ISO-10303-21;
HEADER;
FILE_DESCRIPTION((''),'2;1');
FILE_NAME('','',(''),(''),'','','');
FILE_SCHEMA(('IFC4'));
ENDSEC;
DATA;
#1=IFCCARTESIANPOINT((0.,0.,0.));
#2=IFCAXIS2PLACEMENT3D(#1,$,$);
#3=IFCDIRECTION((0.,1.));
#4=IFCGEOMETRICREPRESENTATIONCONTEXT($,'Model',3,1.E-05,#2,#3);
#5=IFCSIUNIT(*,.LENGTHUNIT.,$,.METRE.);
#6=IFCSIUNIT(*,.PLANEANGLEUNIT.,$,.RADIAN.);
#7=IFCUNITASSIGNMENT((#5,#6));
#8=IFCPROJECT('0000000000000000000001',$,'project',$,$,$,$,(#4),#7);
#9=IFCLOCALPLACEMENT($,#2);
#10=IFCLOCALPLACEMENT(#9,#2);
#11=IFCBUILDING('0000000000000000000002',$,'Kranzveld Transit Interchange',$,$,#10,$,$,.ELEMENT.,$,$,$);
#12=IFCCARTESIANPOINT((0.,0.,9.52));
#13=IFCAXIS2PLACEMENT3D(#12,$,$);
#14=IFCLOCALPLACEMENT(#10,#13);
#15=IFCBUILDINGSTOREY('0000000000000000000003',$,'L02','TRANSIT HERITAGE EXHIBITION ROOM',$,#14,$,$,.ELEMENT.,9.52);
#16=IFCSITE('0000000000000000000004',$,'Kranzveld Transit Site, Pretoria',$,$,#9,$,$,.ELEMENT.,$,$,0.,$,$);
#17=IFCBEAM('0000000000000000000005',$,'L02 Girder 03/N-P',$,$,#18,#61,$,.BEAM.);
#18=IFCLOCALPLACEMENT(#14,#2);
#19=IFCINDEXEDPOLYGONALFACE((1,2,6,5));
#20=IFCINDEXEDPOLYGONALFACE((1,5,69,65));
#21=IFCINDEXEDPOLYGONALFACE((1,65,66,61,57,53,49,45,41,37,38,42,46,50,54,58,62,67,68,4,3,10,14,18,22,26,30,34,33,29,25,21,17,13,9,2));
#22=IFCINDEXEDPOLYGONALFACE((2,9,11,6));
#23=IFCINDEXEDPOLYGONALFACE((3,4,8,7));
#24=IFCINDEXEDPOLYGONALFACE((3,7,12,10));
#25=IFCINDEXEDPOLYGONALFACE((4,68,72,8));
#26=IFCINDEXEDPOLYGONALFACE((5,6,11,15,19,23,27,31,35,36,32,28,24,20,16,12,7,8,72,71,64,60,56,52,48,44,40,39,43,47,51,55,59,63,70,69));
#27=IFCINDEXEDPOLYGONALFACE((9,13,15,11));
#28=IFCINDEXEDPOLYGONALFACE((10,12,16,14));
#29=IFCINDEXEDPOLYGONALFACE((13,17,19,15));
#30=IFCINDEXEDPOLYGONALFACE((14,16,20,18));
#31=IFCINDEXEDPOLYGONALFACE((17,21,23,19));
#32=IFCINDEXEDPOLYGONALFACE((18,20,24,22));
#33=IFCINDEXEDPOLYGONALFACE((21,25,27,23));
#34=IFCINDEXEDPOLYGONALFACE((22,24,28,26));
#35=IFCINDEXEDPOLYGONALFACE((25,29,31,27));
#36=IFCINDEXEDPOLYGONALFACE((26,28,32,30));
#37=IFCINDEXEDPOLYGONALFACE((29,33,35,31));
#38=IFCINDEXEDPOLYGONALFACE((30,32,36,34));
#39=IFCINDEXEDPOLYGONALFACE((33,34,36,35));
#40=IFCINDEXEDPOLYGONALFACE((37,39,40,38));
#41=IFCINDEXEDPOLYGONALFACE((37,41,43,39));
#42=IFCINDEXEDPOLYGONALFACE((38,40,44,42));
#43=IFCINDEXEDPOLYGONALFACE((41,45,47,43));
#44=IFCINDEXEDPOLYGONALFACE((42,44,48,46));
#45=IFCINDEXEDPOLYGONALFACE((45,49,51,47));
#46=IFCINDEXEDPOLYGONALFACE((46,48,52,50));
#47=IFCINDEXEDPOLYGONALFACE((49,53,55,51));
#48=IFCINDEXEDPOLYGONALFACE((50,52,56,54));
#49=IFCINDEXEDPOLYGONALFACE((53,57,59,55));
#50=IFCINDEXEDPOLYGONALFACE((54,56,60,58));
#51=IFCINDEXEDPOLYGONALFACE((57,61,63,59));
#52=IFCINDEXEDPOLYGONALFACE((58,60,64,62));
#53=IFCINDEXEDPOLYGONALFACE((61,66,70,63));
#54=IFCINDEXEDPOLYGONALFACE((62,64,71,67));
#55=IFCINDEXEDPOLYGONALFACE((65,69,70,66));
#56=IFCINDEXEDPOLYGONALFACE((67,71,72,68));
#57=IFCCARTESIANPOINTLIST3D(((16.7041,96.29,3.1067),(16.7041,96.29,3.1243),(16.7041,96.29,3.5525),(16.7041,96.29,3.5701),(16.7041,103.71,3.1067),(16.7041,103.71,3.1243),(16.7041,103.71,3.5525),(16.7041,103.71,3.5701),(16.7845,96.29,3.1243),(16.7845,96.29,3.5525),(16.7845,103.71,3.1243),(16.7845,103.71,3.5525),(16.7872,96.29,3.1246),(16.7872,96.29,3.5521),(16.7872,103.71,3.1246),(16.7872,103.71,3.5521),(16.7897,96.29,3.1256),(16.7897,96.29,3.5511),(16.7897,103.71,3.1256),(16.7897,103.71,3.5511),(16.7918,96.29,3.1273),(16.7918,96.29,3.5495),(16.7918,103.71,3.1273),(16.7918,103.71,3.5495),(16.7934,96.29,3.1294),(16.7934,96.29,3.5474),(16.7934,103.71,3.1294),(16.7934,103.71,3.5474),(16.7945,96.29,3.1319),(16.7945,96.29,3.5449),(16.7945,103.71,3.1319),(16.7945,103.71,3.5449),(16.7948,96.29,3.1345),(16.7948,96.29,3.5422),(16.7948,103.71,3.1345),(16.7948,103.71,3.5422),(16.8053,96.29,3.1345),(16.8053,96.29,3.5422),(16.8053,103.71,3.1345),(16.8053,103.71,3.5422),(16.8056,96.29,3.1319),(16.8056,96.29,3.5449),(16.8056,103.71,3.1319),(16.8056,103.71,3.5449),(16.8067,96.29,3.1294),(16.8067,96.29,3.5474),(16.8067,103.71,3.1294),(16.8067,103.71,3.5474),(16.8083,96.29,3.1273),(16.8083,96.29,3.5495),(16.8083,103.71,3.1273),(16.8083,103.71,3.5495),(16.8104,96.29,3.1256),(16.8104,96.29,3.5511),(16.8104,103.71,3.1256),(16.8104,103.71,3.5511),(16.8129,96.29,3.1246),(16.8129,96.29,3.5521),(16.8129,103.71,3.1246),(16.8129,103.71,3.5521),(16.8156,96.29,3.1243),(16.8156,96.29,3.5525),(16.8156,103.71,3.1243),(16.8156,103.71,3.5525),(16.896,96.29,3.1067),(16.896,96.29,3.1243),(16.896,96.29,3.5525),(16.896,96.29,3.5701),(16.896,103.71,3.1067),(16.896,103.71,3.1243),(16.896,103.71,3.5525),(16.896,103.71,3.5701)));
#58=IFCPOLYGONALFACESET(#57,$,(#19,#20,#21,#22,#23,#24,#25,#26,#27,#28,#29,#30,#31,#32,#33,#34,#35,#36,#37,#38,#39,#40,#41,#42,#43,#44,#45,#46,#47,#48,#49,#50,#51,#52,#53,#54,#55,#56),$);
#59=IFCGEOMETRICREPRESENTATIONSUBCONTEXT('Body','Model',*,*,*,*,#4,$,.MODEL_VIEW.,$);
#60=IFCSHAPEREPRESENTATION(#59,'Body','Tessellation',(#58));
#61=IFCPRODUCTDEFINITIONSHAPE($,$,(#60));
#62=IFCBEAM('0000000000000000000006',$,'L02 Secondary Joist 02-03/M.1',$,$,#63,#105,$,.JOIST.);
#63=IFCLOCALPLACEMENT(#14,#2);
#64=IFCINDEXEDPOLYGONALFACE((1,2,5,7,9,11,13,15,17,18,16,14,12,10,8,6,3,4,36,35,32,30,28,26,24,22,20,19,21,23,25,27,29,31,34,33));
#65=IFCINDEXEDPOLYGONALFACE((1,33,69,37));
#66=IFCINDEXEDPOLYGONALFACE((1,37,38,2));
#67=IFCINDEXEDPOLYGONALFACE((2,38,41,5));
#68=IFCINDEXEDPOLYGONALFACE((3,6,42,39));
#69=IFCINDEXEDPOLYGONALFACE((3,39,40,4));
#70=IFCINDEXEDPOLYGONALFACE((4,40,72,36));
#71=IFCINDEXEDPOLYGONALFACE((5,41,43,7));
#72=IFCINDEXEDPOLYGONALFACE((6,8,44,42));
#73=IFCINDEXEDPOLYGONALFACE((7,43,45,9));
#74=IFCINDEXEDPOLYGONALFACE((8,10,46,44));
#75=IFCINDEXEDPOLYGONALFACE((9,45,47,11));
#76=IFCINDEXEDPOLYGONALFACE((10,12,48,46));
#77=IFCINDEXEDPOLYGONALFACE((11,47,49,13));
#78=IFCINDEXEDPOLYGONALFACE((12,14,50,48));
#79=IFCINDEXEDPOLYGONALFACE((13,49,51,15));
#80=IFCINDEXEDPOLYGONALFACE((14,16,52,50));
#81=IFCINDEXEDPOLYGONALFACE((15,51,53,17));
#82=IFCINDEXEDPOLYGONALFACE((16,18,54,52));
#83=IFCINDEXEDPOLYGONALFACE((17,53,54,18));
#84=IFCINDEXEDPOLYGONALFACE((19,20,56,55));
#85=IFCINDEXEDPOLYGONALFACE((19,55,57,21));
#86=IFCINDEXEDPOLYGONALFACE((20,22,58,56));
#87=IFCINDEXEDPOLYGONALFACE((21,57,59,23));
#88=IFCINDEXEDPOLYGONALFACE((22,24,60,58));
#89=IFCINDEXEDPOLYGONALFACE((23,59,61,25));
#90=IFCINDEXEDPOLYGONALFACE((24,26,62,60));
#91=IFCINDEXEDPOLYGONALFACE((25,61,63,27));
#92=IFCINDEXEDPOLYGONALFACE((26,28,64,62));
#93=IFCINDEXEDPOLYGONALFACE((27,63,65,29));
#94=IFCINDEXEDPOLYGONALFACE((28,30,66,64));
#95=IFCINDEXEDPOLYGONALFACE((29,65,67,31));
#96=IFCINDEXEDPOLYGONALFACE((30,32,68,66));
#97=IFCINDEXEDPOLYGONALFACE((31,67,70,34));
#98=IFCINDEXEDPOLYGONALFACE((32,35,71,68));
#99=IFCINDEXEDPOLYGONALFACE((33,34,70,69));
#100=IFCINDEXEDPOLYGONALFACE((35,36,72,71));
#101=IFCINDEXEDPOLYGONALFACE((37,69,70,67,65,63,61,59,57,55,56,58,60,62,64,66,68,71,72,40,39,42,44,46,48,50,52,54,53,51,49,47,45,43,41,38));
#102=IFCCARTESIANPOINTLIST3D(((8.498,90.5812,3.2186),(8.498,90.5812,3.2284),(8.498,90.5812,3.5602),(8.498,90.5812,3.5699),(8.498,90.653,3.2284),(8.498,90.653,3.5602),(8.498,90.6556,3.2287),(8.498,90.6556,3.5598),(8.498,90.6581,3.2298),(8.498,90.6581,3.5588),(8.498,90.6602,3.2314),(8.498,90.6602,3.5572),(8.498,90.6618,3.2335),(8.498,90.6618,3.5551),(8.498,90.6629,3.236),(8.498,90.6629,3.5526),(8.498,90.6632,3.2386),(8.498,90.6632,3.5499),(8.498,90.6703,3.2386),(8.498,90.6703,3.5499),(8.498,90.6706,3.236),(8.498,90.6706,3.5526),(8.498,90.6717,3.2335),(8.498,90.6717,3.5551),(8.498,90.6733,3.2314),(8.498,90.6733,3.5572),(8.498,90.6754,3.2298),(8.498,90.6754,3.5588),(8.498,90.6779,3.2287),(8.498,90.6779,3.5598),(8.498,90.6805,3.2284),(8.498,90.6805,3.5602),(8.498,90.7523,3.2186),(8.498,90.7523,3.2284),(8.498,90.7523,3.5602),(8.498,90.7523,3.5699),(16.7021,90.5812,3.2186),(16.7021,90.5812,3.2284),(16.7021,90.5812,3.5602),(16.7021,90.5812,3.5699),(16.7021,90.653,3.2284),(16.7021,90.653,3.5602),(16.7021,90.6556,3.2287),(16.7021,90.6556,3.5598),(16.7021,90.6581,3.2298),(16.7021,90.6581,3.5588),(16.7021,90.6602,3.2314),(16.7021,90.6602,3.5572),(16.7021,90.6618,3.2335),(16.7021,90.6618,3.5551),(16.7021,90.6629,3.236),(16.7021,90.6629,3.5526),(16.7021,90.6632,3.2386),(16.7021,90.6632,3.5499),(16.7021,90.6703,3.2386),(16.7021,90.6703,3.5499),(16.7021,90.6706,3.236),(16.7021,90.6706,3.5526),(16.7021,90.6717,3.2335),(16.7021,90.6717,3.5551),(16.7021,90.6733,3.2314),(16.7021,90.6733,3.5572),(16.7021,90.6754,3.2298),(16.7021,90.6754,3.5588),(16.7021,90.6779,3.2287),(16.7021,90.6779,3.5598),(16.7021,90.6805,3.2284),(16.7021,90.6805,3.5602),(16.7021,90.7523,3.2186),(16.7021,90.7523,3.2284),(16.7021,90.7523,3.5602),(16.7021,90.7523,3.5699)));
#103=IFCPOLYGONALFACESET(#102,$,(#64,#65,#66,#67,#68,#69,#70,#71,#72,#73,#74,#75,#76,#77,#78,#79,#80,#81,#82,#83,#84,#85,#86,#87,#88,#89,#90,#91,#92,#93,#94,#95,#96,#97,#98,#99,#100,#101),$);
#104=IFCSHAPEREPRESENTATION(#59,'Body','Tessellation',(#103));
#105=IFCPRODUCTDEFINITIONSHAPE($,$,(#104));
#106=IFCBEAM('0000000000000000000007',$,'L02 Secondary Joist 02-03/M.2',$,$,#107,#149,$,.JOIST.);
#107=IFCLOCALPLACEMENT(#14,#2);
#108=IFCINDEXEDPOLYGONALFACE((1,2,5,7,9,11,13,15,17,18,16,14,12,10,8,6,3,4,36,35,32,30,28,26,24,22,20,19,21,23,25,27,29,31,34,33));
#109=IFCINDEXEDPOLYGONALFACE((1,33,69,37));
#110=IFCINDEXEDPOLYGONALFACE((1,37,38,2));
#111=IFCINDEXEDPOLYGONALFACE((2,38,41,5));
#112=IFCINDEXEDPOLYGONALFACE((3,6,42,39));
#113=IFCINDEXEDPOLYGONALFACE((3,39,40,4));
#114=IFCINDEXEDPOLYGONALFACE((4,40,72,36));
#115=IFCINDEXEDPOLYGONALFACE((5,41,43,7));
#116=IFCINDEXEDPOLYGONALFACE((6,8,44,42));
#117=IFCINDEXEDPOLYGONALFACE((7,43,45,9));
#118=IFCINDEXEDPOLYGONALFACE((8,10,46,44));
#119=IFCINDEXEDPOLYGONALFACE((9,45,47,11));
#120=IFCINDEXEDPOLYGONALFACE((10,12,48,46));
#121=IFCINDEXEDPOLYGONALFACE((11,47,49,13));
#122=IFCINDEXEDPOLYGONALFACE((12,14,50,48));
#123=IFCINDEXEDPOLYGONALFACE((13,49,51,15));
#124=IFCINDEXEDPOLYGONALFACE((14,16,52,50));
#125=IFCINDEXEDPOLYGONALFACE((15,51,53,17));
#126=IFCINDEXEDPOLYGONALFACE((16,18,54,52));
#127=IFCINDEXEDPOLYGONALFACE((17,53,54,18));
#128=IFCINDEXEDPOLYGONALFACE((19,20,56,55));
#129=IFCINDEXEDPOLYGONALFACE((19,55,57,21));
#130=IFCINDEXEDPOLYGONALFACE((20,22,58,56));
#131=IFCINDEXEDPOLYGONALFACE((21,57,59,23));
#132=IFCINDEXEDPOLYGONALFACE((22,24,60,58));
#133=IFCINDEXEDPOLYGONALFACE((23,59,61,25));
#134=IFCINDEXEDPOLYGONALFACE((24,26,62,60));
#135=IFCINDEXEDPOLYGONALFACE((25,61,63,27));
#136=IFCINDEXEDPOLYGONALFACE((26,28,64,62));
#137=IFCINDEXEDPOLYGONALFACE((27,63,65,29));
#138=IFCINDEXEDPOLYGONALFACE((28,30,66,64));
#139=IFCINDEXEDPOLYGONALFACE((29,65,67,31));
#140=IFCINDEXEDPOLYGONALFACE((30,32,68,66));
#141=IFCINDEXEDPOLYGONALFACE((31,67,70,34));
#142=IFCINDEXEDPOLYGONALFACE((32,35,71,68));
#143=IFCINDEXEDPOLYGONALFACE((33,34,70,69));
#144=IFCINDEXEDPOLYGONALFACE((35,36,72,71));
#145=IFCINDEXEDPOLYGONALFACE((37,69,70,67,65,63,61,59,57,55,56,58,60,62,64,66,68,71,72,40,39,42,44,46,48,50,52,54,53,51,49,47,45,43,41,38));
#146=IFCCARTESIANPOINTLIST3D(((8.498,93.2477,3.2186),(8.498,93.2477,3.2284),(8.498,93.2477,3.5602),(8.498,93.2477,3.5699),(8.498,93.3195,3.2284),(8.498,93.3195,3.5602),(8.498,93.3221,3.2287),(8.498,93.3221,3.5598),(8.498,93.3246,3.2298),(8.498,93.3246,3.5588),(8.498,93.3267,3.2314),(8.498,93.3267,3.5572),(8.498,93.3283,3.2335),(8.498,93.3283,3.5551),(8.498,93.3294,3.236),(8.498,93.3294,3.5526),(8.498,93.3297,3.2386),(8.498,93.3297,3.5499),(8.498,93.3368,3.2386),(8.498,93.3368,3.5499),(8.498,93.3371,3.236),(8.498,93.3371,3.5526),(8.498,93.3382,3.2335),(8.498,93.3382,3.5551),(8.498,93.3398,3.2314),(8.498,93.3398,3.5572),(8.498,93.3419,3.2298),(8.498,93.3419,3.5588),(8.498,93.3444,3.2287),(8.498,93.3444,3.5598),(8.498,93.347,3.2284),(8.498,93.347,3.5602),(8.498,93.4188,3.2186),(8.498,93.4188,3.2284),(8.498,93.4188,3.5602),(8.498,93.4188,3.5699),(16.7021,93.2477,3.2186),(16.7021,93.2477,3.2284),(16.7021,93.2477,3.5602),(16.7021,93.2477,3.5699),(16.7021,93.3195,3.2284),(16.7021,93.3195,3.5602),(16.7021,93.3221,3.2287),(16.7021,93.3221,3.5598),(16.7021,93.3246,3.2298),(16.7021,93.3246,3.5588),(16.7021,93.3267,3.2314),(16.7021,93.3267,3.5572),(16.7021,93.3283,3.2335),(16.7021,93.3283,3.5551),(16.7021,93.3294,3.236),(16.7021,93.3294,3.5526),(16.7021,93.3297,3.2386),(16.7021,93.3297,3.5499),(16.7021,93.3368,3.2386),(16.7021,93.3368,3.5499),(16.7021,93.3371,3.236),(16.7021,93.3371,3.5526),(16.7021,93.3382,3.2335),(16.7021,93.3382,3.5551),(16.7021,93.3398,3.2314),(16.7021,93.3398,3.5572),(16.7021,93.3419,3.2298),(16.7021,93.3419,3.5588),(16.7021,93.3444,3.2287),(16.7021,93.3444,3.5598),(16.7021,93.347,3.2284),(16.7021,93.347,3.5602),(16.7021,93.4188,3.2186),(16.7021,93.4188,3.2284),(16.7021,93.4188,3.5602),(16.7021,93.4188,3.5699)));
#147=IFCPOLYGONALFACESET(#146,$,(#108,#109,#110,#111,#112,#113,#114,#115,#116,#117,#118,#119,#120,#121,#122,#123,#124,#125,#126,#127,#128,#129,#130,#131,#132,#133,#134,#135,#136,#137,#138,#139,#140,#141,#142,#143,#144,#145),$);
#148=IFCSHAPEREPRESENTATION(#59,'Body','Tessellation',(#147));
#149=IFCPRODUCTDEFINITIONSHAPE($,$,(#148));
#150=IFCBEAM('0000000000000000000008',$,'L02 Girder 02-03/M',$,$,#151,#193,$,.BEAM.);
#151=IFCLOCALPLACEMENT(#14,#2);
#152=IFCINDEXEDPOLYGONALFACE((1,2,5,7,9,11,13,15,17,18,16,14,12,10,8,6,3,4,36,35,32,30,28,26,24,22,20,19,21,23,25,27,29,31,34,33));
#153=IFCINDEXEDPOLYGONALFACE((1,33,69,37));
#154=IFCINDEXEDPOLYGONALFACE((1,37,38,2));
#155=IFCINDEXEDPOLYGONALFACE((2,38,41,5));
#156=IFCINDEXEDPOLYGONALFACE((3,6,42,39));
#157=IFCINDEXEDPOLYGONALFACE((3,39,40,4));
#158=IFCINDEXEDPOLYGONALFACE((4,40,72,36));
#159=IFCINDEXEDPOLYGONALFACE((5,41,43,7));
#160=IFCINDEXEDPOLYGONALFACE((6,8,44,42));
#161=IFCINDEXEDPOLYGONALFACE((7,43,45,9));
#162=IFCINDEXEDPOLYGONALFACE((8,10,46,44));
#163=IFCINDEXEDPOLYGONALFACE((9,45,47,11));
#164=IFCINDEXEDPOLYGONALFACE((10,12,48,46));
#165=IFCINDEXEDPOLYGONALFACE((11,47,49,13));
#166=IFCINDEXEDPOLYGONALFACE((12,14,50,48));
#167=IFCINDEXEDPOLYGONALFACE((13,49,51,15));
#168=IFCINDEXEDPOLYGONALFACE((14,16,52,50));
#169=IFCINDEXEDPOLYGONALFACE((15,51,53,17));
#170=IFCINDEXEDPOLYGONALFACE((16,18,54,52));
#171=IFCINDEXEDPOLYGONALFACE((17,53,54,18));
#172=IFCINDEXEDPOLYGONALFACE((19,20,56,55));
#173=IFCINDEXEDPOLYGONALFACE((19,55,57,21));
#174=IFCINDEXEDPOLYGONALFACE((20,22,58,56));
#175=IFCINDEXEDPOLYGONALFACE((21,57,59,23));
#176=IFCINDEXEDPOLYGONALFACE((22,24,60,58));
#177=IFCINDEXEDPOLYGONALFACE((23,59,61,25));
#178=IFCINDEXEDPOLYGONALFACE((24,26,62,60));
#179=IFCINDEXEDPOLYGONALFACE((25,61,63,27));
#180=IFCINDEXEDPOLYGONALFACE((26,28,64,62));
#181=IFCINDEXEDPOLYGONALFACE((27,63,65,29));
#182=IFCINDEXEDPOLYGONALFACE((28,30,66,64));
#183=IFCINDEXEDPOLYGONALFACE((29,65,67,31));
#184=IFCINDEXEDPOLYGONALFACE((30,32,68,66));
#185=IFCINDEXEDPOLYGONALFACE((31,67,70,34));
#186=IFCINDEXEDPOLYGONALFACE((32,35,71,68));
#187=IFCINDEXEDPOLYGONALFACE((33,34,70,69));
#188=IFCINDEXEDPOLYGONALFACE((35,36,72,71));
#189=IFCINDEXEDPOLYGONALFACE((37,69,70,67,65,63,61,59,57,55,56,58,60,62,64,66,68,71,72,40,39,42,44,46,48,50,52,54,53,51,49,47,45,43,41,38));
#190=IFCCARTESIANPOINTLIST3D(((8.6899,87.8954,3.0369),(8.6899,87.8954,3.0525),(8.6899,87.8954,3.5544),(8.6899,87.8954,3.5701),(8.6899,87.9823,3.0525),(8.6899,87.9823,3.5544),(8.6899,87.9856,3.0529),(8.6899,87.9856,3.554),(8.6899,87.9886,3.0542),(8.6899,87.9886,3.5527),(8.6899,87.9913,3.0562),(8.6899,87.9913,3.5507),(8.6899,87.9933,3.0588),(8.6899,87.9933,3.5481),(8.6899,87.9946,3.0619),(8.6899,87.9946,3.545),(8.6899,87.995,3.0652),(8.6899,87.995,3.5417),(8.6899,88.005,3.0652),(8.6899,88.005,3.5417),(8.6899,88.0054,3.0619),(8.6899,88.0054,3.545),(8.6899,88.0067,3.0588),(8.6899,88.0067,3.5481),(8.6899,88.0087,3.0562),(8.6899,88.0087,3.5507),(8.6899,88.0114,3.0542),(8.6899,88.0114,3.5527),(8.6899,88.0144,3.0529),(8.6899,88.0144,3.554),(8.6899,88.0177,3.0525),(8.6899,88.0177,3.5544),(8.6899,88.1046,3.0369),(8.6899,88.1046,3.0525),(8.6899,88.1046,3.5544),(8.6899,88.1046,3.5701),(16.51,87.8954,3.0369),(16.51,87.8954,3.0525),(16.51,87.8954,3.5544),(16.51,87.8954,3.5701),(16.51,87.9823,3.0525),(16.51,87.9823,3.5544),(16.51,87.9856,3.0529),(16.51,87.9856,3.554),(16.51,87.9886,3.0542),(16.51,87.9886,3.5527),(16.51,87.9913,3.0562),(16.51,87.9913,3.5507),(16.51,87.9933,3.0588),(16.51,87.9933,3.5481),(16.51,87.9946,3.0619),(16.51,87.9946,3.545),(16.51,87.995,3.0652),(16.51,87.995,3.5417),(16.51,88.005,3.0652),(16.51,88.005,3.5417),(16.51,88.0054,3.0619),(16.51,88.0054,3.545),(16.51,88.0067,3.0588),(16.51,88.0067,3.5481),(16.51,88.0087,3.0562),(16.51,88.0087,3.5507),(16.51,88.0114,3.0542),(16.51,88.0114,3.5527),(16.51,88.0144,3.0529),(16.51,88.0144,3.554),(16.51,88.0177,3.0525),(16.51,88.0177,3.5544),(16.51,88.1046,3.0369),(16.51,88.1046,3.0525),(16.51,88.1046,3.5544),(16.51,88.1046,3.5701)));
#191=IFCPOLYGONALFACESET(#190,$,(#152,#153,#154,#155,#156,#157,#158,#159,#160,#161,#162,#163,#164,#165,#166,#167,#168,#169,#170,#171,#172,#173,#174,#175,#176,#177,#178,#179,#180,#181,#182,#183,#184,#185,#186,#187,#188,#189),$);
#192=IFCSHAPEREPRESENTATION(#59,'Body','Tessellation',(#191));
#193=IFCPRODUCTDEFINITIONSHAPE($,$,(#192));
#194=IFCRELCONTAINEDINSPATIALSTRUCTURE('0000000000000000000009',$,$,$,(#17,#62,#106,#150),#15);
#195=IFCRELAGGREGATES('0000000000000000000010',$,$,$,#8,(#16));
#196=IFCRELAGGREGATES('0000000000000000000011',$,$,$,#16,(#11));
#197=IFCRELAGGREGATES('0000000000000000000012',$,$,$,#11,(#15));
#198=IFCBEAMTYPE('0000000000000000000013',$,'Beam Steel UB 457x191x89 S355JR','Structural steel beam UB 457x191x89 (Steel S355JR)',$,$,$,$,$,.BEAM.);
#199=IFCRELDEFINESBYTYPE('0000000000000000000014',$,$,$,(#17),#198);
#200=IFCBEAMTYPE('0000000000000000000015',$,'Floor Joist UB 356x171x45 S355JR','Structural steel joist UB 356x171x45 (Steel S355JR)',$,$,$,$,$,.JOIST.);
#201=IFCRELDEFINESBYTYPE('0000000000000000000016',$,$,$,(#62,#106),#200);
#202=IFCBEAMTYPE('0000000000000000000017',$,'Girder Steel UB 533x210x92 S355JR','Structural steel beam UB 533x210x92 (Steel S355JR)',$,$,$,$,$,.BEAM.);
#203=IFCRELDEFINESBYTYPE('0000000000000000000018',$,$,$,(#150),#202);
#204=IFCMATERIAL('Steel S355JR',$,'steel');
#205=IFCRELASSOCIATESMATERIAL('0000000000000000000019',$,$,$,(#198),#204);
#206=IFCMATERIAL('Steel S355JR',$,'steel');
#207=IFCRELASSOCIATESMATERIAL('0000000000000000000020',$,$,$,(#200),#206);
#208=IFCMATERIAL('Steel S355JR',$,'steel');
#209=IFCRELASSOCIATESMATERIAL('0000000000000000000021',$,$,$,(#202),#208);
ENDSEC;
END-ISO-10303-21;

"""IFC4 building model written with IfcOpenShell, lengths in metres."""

from ifc_helpers import new_model, si_unit, direction, frame, origin, origin_2d, place, context, subcontext, project, spatial, i_section, extrude, material, material_profile, profile_set, type_object, element, save


model = new_model("IFC4")

# Units and contexts
model_context = context("Model", 3, precision=1e-05, world=origin(), true_north=direction((0.0, 1.0)))
body_context = subcontext(model_context, "Body", "Model", "MODEL_VIEW")
ifc_project = project(units=[si_unit("LENGTHUNIT", "METRE"), si_unit("PLANEANGLEUNIT", "RADIAN")], contexts=[model_context])

# Site, building, storey
site_placement = place(None, origin())
site = spatial("IfcSite", under=ifc_project, at=site_placement, Name="Kranzveld Transit Site, Pretoria", CompositionType="ELEMENT", RefElevation=0.0)
building_placement = place(site_placement, origin())
building = spatial("IfcBuilding", under=site, at=building_placement, Name="Kranzveld Transit Interchange", CompositionType="ELEMENT")
storey_placement = place(building_placement, frame((0.0, 0.0, 9.52)))
storey = spatial("IfcBuildingStorey", under=building, at=storey_placement, Name="L02", Description="TRANSIT HERITAGE EXHIBITION ROOM", CompositionType="ELEMENT", Elevation=9.52)

# Beams
ifc_material_1 = material(Name="Steel S355JR", Category="steel")
ifc_material_profile_1 = material_profile(ifc_material_1, i_section(OverallWidth=0.1919, OverallDepth=0.4634, WebThickness=0.0105, FlangeThickness=0.0176, FilletRadius=0.0103, at=origin_2d()), Name="UB 457x191x89")
ifc_profile_set_1 = profile_set([ifc_material_profile_1], Name="Steel S355JR")
beam_type_1 = type_object("IfcBeamType", Name="Beam Steel UB 457x191x89 S355JR", Description="Structural steel beam UB 457x191x89 (Steel S355JR)", PredefinedType="BEAM", material=ifc_profile_set_1)
for number, where, z_axis, x_axis, name in (
    (1, (16.8, 96.29, 3.3384), (0.0, 1.0, 0.0), (-1.0, 0.0, 0.0), "L02 Girder 03/N-P"),
):
    element("IfcBeam", number, at=place(storey_placement, frame(where, z_axis=z_axis, x_axis=x_axis)), inside=storey, type_object=beam_type_1, Name=name, PredefinedType="BEAM", context=body_context, shape_type="SweptSolid", body=[
        extrude(i_section(OverallWidth=0.1919, OverallDepth=0.4634, WebThickness=0.0105, FlangeThickness=0.0176, FilletRadius=0.0103, at=origin_2d()), origin(), (0.0, 0.0, 1.0), 7.4199),
    ])
ifc_material_2 = material(Name="Steel S355JR", Category="steel")
ifc_material_profile_2 = material_profile(ifc_material_2, i_section(OverallWidth=0.1711, OverallDepth=0.3513, WebThickness=0.0071, FlangeThickness=0.0098, FilletRadius=0.0103, at=origin_2d()), Name="UB 356x171x45")
ifc_profile_set_2 = profile_set([ifc_material_profile_2], Name="Steel S355JR")
beam_type_2 = type_object("IfcBeamType", Name="Floor Joist UB 356x171x45 S355JR", Description="Structural steel joist UB 356x171x45 (Steel S355JR)", PredefinedType="JOIST", material=ifc_profile_set_2)
for number, where, z_axis, x_axis, name in (
    (2, (8.498, 90.6667, 3.3943), (1.0, 0.0, 0.0), (0.0, 1.0, 0.0), "L02 Secondary Joist 02-03/M.1"),
    (3, (8.498, 93.3333, 3.3943), (1.0, 0.0, 0.0), (0.0, 1.0, 0.0), "L02 Secondary Joist 02-03/M.2"),
):
    element("IfcBeam", number, at=place(storey_placement, frame(where, z_axis=z_axis, x_axis=x_axis)), inside=storey, type_object=beam_type_2, Name=name, PredefinedType="JOIST", context=body_context, shape_type="SweptSolid", body=[
        extrude(i_section(OverallWidth=0.1711, OverallDepth=0.3513, WebThickness=0.0071, FlangeThickness=0.0098, FilletRadius=0.0103, at=origin_2d()), origin(), (0.0, 0.0, 1.0), 8.2041),
    ])
ifc_material_3 = material(Name="Steel S355JR", Category="steel")
ifc_material_profile_3 = material_profile(ifc_material_3, i_section(OverallWidth=0.2092, OverallDepth=0.5332, WebThickness=0.01, FlangeThickness=0.0156, FilletRadius=0.0127, at=origin_2d()), Name="UB 533x210x92")
ifc_profile_set_3 = profile_set([ifc_material_profile_3], Name="Steel S355JR")
beam_type_3 = type_object("IfcBeamType", Name="Girder Steel UB 533x210x92 S355JR", Description="Structural steel beam UB 533x210x92 (Steel S355JR)", PredefinedType="BEAM", material=ifc_profile_set_3)
for number, where, z_axis, x_axis, name in (
    (4, (8.6899, 88.0, 3.3035), (1.0, 0.0, 0.0), (0.0, 1.0, 0.0), "L02 Girder 02-03/M"),
):
    element("IfcBeam", number, at=place(storey_placement, frame(where, z_axis=z_axis, x_axis=x_axis)), inside=storey, type_object=beam_type_3, Name=name, PredefinedType="BEAM", context=body_context, shape_type="SweptSolid", body=[
        extrude(i_section(OverallWidth=0.2092, OverallDepth=0.5332, WebThickness=0.01, FlangeThickness=0.0156, FilletRadius=0.0127, at=origin_2d()), origin(), (0.0, 0.0, 1.0), 7.8201),
    ])

save(model, "model.ifc")
